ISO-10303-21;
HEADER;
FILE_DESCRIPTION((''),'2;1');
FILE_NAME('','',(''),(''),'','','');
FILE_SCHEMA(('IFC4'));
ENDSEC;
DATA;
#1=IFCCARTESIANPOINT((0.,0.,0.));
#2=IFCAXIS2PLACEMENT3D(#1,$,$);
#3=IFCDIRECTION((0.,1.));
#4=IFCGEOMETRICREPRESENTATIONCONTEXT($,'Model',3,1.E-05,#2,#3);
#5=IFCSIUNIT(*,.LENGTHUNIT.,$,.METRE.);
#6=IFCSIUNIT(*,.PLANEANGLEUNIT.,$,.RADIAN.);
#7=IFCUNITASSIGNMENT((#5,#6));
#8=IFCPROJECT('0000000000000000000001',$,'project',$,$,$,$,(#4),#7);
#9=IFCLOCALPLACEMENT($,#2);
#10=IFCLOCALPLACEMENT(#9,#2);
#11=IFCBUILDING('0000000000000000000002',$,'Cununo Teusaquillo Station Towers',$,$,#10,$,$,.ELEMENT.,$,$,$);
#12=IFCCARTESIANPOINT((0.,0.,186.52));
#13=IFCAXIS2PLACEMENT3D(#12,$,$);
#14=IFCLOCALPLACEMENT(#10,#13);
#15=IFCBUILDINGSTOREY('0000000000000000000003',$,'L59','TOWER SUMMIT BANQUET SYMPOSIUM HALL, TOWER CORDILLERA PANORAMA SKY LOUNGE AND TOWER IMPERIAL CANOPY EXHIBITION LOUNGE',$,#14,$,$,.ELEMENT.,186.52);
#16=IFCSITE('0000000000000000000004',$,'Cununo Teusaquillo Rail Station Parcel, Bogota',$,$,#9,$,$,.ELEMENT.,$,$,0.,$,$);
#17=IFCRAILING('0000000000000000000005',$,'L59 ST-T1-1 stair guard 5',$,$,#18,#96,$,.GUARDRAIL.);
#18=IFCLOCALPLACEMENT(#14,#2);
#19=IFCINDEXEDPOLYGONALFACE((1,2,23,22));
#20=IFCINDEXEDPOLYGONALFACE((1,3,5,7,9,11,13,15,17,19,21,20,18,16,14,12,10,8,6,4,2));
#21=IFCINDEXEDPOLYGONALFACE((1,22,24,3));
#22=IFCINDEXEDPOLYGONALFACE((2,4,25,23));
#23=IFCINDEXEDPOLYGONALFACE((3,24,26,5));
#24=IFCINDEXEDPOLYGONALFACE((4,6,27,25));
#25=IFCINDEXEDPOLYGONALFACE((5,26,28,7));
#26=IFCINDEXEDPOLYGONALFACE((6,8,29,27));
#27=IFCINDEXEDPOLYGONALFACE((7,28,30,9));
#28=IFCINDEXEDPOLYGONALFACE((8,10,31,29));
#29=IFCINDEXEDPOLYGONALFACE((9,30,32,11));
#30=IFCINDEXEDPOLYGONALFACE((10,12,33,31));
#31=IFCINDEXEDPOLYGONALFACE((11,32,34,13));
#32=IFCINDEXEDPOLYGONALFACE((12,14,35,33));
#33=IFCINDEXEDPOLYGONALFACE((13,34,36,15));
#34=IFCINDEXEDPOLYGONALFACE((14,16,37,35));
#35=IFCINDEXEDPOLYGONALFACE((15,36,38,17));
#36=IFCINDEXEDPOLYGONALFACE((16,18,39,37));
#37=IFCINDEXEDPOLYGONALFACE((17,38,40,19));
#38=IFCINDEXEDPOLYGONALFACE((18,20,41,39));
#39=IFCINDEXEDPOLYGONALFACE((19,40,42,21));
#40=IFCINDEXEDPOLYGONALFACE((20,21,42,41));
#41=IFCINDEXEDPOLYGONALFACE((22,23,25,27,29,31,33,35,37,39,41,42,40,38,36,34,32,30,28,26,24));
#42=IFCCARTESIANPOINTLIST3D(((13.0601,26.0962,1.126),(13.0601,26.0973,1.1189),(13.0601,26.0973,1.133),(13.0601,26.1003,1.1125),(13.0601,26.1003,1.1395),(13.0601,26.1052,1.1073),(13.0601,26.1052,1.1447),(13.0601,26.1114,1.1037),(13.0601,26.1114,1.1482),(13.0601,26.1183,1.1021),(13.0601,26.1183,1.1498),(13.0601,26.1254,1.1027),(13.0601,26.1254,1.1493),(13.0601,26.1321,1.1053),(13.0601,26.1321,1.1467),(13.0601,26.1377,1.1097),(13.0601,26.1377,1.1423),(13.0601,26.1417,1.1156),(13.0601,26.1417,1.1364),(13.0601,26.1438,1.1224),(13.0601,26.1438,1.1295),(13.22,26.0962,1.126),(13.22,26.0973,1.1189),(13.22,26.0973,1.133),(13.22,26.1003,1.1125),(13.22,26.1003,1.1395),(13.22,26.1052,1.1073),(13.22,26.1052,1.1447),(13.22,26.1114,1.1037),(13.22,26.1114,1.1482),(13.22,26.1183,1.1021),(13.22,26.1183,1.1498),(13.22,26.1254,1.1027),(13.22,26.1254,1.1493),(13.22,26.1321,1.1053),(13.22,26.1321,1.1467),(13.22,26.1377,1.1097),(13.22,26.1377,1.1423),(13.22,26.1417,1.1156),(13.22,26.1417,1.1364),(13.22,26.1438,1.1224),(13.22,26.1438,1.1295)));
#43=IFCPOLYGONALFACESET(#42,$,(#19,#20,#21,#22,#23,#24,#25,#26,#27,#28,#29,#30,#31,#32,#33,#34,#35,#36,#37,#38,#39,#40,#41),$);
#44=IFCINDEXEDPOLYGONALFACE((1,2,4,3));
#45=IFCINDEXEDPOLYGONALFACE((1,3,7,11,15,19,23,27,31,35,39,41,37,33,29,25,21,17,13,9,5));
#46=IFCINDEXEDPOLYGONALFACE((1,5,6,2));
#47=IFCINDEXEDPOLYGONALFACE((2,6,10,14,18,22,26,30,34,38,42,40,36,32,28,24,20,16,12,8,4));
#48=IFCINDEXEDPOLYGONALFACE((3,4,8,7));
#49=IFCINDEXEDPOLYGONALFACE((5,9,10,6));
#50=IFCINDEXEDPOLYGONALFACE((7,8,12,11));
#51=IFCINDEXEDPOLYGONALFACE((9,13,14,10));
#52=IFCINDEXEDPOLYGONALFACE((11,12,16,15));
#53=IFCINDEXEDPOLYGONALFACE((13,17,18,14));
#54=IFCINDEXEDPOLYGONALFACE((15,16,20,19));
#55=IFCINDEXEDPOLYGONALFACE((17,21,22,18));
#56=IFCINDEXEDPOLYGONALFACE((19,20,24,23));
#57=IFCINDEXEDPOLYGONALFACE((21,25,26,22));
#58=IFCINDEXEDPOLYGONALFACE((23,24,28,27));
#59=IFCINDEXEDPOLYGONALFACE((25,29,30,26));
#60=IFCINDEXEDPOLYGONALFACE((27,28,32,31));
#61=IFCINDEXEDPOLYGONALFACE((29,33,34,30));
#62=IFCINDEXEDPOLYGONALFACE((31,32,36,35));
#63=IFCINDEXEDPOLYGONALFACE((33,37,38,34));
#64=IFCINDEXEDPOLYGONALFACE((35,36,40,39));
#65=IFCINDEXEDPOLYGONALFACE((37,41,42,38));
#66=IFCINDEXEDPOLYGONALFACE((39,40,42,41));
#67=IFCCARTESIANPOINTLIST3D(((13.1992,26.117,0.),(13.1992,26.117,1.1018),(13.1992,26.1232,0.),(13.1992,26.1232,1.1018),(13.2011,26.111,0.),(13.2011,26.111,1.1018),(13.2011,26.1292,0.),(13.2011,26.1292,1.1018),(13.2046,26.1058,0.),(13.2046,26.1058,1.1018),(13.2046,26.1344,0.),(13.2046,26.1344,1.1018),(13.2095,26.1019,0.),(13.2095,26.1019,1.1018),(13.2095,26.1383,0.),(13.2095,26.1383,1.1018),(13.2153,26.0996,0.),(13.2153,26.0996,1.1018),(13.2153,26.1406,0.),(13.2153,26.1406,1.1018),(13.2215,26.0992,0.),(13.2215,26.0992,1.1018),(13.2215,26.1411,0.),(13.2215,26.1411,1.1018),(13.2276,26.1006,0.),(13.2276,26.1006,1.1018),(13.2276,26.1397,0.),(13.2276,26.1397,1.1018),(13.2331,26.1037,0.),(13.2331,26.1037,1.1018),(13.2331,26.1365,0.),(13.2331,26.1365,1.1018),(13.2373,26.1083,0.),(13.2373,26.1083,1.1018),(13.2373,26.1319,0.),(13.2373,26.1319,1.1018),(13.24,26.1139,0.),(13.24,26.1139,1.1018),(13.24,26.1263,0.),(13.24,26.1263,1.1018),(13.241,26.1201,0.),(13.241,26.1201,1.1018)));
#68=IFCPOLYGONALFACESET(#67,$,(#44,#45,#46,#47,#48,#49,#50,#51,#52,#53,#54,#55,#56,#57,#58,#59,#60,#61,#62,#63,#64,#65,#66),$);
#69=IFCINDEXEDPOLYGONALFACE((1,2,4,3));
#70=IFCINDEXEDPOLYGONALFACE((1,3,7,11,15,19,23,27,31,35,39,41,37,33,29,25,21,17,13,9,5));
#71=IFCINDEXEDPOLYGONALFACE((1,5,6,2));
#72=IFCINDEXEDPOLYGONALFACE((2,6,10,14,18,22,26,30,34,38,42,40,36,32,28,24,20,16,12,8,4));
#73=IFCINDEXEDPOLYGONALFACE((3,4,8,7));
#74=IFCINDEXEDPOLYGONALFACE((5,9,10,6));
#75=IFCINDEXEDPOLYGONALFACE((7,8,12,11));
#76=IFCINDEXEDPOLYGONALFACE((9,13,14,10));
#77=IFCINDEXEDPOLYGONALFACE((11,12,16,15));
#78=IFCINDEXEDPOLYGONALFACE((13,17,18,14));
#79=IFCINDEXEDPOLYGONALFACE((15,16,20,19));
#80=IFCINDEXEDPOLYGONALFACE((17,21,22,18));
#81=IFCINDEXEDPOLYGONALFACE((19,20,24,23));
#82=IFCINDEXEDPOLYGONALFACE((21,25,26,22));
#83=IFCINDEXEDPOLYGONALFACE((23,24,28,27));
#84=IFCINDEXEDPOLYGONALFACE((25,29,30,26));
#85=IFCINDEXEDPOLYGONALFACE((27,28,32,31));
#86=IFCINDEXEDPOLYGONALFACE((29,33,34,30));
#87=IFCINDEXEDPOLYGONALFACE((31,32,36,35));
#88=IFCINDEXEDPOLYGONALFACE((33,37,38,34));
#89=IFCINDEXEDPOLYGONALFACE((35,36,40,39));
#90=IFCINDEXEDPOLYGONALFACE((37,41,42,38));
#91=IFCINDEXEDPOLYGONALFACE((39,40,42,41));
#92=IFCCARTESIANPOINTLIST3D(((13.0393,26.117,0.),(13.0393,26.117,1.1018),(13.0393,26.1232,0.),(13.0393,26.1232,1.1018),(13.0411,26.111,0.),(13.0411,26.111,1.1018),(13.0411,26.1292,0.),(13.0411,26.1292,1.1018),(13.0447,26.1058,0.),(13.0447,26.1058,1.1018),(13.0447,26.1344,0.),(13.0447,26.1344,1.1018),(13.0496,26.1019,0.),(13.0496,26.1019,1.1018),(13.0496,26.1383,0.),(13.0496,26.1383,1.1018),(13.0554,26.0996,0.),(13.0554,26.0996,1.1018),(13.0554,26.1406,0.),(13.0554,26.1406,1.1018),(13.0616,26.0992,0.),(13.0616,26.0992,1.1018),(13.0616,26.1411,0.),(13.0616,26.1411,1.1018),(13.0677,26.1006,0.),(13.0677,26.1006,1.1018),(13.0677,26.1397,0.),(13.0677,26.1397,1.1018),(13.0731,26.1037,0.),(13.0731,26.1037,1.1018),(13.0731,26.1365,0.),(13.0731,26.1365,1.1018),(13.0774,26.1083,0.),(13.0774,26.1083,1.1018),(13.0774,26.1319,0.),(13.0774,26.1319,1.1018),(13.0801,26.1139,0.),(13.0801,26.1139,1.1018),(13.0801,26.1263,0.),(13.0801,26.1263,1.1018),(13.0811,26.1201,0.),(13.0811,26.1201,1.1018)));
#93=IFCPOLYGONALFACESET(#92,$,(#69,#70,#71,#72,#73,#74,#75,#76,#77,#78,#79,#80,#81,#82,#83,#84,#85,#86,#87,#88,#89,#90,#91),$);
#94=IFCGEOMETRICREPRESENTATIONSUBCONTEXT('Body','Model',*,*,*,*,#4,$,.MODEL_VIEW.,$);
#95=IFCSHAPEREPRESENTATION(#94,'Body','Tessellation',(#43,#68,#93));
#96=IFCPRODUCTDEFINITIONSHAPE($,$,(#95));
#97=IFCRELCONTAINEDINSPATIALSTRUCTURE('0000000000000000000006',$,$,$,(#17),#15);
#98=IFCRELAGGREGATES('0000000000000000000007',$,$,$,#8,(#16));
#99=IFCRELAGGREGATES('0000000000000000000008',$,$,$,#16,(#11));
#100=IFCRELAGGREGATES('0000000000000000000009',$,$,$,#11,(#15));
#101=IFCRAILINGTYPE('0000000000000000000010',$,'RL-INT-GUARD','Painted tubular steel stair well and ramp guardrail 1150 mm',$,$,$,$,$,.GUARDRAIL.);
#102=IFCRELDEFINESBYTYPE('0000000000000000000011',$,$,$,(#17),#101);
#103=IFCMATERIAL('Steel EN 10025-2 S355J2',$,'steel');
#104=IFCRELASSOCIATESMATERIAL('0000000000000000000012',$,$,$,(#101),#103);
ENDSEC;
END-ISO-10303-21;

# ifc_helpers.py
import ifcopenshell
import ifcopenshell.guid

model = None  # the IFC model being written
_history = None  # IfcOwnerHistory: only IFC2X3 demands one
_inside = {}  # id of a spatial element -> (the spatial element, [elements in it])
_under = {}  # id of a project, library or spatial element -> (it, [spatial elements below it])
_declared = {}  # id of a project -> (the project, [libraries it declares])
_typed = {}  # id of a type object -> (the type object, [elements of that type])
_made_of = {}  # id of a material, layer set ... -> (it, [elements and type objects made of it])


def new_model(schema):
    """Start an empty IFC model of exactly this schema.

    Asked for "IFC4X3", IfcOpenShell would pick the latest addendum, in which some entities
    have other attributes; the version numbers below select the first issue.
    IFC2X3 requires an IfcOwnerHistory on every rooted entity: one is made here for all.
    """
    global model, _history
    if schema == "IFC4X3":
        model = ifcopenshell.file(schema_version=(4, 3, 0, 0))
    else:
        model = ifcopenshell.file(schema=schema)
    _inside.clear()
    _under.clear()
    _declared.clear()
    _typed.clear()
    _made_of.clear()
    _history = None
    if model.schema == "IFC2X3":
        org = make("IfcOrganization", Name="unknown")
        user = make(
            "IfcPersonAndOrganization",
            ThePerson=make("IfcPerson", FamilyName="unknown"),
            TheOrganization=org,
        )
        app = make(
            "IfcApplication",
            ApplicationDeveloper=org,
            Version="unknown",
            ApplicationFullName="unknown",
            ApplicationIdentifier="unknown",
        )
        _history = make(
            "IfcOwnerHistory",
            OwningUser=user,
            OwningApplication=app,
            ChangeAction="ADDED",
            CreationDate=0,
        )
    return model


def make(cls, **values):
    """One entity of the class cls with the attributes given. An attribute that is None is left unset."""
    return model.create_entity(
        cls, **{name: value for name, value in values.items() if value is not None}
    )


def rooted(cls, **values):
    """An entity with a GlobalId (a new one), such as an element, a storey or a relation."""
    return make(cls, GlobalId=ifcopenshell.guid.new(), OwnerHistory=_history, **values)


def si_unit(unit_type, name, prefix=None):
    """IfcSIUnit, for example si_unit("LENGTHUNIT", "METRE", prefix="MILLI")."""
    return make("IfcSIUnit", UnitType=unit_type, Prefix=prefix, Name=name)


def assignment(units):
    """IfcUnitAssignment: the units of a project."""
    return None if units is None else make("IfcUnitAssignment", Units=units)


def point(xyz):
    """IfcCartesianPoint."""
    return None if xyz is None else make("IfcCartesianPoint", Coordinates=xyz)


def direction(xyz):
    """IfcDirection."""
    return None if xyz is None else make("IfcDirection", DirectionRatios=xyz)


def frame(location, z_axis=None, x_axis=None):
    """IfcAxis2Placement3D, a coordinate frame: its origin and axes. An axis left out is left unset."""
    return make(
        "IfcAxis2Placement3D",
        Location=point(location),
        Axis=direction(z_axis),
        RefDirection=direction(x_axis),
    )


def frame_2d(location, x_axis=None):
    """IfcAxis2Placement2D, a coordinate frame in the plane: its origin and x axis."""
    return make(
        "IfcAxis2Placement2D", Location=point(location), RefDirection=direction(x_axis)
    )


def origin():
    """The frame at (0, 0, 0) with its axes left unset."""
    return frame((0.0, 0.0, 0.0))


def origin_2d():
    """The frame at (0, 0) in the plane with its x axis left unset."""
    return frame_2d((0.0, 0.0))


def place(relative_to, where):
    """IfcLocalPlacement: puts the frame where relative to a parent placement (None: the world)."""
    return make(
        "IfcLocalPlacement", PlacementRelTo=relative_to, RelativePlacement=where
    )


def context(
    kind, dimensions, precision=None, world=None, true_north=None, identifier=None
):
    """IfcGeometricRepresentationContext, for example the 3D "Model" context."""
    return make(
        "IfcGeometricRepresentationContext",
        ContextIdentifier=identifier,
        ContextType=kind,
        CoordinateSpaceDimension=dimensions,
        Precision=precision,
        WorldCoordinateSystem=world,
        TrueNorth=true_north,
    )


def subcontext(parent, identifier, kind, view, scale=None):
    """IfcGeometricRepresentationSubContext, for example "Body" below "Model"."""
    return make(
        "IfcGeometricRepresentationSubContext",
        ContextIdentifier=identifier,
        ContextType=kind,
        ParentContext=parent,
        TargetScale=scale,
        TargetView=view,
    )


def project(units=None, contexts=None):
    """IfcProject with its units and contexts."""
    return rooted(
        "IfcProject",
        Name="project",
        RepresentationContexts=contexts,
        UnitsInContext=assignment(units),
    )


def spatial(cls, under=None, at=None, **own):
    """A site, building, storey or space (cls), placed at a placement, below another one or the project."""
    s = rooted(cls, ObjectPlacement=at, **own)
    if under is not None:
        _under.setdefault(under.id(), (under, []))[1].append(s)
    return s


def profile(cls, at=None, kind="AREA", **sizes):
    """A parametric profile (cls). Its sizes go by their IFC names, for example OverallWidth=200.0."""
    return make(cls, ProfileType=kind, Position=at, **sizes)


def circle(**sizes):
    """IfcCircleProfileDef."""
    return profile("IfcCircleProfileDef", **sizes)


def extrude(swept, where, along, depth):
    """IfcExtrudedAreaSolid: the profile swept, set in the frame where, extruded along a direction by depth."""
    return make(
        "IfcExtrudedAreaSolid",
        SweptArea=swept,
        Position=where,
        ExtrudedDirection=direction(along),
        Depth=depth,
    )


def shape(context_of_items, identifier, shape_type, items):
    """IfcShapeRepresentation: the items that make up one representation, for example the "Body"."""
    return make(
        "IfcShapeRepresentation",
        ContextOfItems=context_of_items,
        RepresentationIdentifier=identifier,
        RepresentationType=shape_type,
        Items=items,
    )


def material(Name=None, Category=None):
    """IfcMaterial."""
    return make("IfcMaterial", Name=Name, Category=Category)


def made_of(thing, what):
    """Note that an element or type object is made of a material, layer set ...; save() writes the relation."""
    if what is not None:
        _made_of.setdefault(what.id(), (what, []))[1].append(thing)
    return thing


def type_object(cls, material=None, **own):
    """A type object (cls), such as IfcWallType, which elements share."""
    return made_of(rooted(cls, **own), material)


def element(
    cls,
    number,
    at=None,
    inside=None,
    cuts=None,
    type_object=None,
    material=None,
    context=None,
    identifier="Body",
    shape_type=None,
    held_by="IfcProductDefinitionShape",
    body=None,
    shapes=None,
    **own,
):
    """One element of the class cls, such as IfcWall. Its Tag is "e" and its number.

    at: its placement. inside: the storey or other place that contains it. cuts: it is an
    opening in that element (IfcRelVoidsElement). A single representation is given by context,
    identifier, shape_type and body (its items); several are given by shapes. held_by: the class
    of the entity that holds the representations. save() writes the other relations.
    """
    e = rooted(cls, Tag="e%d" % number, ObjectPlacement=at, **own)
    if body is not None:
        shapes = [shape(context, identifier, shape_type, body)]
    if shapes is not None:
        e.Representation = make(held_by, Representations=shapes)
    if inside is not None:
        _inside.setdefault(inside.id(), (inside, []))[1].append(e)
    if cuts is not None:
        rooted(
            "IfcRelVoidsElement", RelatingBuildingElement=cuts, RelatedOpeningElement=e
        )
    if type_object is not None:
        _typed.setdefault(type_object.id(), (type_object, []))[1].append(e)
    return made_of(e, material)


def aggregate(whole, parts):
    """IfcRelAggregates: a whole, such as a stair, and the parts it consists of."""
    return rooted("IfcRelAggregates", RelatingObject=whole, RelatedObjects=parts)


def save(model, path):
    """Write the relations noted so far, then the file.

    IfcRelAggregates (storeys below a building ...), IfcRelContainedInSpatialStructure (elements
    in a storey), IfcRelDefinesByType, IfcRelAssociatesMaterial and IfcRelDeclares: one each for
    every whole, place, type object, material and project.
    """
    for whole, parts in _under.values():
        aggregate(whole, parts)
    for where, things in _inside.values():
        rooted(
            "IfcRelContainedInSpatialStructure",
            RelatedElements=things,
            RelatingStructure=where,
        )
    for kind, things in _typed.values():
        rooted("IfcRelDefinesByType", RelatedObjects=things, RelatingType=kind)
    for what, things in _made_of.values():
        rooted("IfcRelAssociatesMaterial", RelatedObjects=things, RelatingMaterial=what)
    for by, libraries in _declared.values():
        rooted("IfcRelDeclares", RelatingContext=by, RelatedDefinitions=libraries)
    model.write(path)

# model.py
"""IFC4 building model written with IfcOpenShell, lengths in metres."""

from ifc_helpers import new_model, si_unit, direction, frame, origin, origin_2d, place, context, subcontext, project, spatial, circle, extrude, material, type_object, element, save


model = new_model("IFC4")

# Units and contexts
model_context = context("Model", 3, precision=1e-05, world=origin(), true_north=direction((0.0, 1.0)))
body_context = subcontext(model_context, "Body", "Model", "MODEL_VIEW")
ifc_project = project(units=[si_unit("LENGTHUNIT", "METRE"), si_unit("PLANEANGLEUNIT", "RADIAN")], contexts=[model_context])

# Site, building, storey
site_placement = place(None, origin())
site = spatial("IfcSite", under=ifc_project, at=site_placement, Name="Cununo Teusaquillo Rail Station Parcel, Bogota", CompositionType="ELEMENT", RefElevation=0.0)
building_placement = place(site_placement, origin())
building = spatial("IfcBuilding", under=site, at=building_placement, Name="Cununo Teusaquillo Station Towers", CompositionType="ELEMENT")
storey_placement = place(building_placement, frame((0.0, 0.0, 186.52)))
storey = spatial("IfcBuildingStorey", under=building, at=storey_placement, Name="L59", Description="TOWER SUMMIT BANQUET SYMPOSIUM HALL, TOWER CORDILLERA PANORAMA SKY LOUNGE AND TOWER IMPERIAL CANOPY EXHIBITION LOUNGE", CompositionType="ELEMENT", Elevation=186.52)

# Railing
ifc_material_1 = material(Name="Steel EN 10025-2 S355J2", Category="steel")
railing_type_1 = type_object("IfcRailingType", Name="RL-INT-GUARD", Description="Painted tubular steel stair well and ramp guardrail 1150 mm", PredefinedType="GUARDRAIL", material=ifc_material_1)
railing_1_placement = place(storey_placement, frame((13.22, 26.1201, 0.0)))
element("IfcRailing", 1, at=railing_1_placement, inside=storey, type_object=railing_type_1, Name="L59 ST-T1-1 stair guard 5", PredefinedType="GUARDRAIL", context=body_context, shape_type="SweptSolid", body=[
    extrude(circle(Radius=0.0239, at=origin_2d()), frame((0.0, 0.0, 1.126), z_axis=(-1.0, 0.0, 0.0), x_axis=(0.0, -1.0, 0.0)), (0.0, 0.0, 1.0), 0.1599),
    extrude(circle(Radius=0.021, at=origin_2d()), origin(), (0.0, 0.0, 1.0), 1.1018),
    extrude(circle(Radius=0.021, at=origin_2d()), frame((-0.1599, 0.0, 0.0)), (0.0, 0.0, 1.0), 1.1018),
])

save(model, "model.ifc")
